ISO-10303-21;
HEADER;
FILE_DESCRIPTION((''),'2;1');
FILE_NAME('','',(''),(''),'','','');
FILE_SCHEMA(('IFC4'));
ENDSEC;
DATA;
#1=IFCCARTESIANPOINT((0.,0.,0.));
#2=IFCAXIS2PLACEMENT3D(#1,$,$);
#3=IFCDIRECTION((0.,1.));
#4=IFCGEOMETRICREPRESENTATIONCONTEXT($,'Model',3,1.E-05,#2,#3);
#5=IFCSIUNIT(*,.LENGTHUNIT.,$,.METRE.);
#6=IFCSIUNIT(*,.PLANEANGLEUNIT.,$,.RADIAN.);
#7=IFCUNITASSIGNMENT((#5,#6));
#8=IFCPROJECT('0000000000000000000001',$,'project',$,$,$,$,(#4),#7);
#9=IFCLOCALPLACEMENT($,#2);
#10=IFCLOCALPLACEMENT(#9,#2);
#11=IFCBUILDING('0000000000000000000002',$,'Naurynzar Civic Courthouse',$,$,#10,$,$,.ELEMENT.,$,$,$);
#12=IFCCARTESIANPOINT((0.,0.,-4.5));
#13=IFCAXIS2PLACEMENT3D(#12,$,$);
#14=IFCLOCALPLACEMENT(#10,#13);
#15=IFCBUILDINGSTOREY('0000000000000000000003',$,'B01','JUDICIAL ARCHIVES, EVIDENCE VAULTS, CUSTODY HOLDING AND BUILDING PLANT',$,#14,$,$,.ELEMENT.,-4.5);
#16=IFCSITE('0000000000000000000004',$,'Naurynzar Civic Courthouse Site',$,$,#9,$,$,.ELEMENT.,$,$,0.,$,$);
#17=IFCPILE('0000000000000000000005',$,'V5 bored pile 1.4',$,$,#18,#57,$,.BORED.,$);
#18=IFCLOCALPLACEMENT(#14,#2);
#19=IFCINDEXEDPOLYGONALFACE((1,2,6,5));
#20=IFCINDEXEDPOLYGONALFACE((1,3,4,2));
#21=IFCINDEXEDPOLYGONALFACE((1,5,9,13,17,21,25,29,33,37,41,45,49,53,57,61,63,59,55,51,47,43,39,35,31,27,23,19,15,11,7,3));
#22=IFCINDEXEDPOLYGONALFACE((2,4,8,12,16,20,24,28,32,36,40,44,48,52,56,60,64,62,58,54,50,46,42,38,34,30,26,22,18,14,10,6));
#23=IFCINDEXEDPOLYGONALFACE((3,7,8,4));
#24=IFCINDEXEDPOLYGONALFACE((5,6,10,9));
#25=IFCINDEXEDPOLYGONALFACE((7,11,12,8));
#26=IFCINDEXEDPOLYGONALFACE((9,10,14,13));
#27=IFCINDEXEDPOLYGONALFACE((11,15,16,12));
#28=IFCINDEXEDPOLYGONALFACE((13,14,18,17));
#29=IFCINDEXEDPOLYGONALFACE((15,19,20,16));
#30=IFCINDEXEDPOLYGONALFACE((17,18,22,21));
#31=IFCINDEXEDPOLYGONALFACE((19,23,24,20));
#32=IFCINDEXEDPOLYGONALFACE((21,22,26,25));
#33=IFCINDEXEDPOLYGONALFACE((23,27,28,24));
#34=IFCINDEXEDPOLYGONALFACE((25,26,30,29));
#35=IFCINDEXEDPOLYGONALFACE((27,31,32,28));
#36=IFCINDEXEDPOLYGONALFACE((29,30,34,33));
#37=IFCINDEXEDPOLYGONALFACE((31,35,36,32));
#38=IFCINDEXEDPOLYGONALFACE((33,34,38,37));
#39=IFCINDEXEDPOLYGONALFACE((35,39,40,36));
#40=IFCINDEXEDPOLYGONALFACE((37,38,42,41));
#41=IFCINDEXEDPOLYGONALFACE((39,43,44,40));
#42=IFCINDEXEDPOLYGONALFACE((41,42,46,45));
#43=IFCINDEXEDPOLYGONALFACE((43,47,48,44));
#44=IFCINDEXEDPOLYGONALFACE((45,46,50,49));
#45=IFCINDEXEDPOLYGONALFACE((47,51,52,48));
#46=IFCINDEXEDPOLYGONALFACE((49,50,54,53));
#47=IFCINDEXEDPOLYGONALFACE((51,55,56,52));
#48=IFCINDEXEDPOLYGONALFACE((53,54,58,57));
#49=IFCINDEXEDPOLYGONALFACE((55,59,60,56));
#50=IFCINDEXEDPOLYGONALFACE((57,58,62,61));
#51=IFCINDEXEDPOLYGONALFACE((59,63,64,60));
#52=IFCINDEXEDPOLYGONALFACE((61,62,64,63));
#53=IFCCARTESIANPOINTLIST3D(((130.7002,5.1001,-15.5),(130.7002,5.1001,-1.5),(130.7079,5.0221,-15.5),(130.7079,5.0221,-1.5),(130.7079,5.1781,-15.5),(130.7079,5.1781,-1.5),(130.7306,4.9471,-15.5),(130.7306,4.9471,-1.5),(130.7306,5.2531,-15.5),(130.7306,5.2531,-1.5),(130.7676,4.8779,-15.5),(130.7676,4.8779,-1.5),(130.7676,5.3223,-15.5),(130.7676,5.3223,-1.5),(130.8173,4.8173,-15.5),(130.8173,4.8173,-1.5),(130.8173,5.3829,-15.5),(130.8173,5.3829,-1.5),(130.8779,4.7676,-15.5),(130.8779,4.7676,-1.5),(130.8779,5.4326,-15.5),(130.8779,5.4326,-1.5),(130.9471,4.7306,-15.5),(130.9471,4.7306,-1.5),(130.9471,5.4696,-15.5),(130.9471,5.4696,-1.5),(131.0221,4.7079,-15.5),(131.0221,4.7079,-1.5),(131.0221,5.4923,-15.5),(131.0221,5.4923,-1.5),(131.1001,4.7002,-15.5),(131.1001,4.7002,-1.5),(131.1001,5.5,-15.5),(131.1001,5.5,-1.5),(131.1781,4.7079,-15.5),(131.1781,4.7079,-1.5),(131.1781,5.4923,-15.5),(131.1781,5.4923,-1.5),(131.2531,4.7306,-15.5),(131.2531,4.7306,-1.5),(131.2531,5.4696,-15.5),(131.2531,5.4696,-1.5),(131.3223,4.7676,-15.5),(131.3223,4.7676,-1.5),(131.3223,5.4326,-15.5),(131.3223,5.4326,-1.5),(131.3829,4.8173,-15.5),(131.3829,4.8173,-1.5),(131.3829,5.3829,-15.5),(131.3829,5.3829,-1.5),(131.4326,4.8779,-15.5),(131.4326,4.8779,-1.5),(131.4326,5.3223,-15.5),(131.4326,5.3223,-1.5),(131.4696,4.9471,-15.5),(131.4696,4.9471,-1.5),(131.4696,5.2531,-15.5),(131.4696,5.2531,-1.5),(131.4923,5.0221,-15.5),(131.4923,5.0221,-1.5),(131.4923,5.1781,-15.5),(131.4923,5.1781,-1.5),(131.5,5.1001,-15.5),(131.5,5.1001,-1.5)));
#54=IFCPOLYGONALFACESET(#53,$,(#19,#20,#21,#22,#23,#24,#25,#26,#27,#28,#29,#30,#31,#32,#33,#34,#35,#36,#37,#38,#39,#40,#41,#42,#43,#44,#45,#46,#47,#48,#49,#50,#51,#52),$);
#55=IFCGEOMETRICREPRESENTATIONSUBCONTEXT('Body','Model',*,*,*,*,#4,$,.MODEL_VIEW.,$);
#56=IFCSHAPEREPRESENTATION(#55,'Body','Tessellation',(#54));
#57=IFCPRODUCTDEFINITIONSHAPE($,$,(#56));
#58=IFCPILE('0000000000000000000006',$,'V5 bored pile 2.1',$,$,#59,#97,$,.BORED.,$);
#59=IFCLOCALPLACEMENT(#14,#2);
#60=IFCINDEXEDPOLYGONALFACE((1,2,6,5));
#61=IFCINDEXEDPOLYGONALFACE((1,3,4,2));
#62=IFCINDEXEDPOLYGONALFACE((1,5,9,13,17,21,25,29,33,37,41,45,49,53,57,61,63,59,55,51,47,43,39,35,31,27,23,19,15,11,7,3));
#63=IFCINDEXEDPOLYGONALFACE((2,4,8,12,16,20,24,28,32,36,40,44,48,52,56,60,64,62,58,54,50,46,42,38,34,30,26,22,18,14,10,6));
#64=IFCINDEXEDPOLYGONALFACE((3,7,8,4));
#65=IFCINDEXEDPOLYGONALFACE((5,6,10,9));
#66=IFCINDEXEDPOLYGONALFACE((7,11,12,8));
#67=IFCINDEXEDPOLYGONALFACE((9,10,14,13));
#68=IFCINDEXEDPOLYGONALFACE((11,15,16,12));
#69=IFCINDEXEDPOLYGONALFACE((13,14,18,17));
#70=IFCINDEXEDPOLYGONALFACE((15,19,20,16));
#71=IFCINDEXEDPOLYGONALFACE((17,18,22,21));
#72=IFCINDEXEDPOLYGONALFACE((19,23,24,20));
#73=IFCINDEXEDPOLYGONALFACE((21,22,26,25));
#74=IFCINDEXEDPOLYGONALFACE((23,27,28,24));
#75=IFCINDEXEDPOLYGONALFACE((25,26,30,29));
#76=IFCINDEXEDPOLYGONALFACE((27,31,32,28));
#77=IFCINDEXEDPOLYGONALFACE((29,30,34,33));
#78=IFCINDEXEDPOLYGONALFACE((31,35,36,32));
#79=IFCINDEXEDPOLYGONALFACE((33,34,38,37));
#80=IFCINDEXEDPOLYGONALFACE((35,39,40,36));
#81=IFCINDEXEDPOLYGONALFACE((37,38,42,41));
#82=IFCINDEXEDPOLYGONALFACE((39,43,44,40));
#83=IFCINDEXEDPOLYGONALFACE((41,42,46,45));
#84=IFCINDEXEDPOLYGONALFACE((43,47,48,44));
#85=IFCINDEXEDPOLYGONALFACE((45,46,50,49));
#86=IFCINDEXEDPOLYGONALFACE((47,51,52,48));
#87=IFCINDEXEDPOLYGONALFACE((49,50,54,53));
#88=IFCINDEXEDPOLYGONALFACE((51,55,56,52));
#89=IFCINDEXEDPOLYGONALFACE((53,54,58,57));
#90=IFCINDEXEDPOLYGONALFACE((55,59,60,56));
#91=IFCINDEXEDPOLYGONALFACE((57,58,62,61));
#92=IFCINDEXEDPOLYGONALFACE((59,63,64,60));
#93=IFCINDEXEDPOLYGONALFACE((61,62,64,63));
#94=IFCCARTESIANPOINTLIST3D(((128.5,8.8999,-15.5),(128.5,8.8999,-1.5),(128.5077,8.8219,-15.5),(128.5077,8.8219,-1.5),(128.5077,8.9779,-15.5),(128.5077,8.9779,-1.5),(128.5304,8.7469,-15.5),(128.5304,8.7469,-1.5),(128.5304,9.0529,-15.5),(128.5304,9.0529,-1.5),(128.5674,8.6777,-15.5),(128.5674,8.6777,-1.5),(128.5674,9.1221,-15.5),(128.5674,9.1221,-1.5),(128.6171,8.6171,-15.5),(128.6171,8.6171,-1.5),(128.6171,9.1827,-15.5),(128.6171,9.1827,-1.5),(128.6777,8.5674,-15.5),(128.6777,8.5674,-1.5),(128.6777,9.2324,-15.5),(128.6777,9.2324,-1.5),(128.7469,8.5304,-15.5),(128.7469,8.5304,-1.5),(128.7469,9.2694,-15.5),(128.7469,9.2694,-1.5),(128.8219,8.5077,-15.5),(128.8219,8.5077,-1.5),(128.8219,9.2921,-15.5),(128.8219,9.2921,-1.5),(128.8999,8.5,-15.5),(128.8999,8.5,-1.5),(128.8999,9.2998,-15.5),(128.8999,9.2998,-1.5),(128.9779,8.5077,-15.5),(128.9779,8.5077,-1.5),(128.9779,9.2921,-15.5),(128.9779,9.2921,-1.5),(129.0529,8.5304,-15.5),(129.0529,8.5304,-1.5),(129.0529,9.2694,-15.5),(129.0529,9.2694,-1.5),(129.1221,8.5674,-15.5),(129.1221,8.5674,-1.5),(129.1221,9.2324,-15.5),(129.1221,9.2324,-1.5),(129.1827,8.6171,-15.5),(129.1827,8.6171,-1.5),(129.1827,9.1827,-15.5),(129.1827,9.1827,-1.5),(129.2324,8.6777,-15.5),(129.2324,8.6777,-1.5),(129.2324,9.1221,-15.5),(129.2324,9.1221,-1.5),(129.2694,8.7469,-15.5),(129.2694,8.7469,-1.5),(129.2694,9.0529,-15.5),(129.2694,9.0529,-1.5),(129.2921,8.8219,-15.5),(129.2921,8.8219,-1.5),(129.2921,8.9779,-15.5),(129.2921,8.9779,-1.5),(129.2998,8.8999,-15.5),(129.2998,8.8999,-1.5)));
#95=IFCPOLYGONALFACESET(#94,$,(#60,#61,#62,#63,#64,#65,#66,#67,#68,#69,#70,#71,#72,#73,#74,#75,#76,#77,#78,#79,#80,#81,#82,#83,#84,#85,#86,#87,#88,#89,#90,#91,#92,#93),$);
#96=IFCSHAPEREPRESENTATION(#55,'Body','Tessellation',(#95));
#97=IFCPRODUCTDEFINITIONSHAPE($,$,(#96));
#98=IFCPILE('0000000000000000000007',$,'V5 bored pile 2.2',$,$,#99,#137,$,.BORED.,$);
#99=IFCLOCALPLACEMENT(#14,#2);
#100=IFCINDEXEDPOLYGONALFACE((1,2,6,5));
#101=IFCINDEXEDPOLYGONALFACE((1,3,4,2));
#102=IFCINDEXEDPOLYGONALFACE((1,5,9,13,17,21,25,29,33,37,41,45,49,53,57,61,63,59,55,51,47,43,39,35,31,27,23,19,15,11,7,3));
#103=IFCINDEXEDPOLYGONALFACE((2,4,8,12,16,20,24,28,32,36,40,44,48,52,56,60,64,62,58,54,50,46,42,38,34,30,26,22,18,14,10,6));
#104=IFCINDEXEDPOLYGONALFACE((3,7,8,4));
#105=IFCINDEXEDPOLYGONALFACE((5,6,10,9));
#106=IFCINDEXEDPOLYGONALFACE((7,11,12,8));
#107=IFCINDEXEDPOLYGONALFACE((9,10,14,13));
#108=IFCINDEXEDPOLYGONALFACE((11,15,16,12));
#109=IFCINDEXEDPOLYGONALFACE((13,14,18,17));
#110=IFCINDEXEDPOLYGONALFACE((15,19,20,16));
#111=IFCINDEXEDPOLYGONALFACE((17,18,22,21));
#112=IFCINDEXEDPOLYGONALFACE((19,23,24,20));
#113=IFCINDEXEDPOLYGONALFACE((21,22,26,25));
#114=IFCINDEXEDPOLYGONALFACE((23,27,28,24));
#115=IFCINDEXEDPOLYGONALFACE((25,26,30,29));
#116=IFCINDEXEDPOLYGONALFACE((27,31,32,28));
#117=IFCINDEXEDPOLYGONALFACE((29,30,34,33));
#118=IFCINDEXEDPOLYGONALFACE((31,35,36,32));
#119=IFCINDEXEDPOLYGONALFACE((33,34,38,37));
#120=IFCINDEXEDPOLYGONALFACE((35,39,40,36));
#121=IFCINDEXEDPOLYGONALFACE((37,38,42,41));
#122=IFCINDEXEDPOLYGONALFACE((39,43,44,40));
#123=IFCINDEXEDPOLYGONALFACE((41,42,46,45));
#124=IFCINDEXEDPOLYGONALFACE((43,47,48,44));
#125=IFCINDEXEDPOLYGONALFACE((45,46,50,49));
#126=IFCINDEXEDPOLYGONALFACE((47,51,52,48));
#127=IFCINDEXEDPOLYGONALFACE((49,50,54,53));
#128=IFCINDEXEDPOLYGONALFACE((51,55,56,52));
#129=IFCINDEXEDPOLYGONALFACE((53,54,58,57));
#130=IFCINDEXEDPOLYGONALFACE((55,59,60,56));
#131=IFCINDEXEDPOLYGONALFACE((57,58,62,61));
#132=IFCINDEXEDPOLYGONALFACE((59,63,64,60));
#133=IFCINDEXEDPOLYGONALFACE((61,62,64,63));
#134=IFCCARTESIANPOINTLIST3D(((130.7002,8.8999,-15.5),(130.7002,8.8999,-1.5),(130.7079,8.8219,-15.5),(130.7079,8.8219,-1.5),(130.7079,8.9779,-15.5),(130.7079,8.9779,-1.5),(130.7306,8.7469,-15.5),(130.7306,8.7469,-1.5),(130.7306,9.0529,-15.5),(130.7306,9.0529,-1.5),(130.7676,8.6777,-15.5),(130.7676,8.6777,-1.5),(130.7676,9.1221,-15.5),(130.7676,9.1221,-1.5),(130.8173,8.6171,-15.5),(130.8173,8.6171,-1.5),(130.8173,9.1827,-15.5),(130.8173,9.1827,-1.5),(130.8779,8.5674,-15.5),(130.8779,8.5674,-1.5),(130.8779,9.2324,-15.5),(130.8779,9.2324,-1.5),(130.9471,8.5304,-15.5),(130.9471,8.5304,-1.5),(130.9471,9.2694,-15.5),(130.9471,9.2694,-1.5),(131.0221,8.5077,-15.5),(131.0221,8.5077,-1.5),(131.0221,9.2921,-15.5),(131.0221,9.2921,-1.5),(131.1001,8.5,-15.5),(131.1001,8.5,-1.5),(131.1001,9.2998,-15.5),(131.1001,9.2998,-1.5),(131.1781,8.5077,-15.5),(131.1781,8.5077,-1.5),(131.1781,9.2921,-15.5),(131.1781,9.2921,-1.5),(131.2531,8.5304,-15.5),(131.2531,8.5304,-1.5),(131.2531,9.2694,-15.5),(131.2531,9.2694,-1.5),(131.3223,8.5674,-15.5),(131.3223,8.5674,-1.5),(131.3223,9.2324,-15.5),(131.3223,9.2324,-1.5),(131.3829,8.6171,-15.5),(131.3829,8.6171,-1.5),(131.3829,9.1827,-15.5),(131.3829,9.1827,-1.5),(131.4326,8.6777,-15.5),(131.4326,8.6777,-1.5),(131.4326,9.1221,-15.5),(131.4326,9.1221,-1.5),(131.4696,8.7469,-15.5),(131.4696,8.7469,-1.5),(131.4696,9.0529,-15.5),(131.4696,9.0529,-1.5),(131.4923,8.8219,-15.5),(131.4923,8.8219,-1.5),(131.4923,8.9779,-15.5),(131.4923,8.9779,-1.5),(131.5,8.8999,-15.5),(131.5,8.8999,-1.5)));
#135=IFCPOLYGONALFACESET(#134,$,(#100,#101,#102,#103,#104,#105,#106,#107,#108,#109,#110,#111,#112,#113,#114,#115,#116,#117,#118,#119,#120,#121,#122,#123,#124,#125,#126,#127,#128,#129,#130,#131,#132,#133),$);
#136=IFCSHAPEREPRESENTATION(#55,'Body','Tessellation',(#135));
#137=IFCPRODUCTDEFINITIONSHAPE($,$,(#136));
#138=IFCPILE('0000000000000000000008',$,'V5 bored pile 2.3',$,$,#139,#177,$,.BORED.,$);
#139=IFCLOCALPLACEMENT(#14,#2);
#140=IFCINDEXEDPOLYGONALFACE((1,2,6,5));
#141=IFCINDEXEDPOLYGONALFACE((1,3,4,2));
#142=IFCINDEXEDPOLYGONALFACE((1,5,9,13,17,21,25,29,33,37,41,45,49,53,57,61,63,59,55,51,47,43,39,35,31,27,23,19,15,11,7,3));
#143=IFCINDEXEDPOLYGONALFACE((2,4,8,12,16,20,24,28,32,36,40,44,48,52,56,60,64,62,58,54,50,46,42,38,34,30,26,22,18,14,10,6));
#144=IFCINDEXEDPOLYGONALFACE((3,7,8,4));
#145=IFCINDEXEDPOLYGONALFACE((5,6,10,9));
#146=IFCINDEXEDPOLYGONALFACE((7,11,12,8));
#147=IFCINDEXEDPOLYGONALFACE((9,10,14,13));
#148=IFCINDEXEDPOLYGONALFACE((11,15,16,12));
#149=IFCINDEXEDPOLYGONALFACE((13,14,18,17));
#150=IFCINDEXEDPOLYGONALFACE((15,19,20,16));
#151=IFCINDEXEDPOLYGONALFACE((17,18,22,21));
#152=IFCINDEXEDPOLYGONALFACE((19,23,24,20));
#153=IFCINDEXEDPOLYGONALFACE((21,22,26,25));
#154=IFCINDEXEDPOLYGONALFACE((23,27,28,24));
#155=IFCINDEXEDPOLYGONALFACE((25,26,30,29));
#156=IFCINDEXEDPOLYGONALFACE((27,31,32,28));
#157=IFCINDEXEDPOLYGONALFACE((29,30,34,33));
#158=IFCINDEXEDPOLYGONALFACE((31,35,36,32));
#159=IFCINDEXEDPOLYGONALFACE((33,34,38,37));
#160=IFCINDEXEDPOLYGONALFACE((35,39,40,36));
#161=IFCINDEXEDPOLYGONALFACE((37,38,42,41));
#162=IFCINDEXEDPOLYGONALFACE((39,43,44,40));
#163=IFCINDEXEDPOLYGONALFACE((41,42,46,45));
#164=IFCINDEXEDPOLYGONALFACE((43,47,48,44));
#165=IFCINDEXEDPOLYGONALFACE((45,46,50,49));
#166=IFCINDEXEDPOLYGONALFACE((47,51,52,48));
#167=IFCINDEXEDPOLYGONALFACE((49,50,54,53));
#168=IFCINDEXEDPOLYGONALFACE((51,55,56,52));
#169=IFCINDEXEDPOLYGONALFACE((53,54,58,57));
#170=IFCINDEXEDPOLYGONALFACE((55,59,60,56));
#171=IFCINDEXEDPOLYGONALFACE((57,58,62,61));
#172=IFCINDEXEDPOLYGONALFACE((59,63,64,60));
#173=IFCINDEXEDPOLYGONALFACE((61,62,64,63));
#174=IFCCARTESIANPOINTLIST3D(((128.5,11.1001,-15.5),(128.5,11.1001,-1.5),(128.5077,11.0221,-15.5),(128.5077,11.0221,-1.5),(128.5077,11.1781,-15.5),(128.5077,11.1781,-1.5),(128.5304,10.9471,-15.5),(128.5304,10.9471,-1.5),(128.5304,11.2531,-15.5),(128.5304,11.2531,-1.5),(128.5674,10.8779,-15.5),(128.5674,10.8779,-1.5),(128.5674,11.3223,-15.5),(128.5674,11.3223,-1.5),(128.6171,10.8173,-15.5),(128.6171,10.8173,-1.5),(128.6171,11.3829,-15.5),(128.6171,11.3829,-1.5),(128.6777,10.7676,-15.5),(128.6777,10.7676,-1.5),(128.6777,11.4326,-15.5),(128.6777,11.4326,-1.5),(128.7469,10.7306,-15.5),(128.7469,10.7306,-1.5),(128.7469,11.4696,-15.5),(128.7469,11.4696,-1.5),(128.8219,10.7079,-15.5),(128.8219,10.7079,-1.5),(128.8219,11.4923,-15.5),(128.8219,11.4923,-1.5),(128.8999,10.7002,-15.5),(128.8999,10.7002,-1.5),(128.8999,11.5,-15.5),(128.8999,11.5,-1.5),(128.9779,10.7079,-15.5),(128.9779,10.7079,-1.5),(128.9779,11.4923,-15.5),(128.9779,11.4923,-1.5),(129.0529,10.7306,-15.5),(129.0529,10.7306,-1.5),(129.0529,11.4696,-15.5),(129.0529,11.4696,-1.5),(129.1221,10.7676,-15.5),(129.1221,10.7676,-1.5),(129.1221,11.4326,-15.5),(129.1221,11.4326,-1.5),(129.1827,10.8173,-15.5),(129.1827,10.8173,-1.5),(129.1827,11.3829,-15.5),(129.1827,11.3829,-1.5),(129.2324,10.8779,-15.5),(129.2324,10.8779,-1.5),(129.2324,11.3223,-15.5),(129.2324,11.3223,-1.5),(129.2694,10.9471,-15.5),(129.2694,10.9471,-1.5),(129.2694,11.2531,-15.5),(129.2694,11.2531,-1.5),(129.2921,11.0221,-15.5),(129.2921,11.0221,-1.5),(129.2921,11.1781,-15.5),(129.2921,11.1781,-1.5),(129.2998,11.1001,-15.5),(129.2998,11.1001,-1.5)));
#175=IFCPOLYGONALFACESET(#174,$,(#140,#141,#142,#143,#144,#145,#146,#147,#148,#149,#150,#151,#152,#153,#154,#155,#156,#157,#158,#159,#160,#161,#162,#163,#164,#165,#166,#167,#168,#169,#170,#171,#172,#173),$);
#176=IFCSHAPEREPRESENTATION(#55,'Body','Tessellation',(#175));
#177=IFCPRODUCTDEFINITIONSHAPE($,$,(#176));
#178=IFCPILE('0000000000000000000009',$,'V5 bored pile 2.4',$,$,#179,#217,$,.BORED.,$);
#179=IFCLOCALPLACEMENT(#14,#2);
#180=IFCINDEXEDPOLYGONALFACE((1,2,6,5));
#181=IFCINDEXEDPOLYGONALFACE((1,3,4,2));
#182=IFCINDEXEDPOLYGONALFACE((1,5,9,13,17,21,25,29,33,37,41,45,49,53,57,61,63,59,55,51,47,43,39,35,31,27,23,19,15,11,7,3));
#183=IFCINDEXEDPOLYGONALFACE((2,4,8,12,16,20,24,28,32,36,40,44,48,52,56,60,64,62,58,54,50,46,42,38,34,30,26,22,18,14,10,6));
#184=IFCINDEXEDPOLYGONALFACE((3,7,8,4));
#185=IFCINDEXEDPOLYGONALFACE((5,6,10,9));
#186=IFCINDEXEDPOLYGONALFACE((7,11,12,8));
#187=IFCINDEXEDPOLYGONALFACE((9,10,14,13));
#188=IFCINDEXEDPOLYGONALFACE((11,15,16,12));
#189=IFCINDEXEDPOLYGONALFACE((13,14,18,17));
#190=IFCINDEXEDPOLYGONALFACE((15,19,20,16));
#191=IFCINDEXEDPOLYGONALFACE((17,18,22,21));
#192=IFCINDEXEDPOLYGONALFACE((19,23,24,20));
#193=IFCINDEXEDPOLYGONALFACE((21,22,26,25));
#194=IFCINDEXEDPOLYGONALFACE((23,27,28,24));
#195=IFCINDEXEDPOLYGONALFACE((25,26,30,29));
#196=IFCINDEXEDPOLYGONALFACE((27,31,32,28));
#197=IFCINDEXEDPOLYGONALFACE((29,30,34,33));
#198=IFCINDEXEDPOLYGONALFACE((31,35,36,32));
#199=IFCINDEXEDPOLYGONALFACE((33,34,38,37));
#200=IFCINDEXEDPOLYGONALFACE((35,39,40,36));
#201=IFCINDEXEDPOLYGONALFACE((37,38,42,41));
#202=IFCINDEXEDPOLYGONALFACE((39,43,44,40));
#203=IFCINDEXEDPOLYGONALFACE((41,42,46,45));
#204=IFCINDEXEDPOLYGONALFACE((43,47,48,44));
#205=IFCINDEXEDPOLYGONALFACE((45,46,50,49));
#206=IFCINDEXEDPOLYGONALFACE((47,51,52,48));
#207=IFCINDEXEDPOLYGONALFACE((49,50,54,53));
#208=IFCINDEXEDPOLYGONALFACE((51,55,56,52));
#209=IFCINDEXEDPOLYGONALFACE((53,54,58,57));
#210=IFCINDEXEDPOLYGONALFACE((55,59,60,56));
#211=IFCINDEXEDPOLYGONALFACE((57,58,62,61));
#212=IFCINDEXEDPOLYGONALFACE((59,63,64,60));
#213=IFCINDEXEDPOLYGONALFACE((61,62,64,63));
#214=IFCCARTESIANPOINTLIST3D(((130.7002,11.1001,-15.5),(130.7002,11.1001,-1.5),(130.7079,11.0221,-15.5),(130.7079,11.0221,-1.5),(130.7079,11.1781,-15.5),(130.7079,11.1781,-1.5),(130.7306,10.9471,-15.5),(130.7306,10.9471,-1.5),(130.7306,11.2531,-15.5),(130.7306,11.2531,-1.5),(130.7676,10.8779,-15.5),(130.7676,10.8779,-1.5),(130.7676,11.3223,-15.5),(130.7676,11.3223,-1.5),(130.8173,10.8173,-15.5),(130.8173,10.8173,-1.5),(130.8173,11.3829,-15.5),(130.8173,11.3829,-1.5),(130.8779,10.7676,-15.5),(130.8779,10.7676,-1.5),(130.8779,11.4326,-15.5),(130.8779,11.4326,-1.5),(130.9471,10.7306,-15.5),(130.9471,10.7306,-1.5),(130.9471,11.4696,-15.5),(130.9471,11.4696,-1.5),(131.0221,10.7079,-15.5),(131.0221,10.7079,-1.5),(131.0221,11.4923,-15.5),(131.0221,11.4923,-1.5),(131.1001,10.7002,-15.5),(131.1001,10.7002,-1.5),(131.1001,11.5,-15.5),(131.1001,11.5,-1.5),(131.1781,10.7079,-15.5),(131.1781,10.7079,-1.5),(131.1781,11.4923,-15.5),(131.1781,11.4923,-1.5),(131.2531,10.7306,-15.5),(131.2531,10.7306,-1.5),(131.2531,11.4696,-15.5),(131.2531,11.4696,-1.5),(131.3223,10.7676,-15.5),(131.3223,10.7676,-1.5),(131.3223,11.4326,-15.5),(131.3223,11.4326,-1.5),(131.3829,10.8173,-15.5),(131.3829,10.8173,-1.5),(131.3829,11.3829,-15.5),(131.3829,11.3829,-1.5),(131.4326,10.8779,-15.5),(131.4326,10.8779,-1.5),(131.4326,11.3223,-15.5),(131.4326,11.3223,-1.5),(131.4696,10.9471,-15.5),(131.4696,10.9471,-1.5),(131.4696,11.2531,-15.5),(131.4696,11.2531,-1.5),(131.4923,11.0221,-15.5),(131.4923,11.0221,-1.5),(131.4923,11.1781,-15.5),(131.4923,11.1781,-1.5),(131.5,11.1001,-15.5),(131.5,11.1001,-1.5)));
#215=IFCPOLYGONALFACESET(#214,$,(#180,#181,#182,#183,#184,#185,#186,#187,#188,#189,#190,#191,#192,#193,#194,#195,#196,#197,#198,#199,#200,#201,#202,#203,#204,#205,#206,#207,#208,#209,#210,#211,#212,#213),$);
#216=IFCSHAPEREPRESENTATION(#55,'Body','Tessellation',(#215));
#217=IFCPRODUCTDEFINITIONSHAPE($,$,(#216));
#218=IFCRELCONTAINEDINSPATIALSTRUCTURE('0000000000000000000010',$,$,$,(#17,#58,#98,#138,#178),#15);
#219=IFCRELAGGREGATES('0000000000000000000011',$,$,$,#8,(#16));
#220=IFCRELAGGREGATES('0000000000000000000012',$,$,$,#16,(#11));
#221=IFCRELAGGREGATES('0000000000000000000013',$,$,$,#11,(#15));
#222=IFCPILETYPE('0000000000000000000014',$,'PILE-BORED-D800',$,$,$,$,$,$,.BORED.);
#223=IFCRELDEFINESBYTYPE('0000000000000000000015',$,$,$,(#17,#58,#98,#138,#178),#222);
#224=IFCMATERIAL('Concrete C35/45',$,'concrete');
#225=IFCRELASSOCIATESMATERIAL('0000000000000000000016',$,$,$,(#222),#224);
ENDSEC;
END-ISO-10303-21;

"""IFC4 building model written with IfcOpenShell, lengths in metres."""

from ifc_helpers import new_model, si_unit, direction, frame, origin, origin_2d, place, context, subcontext, project, spatial, circle, extrude, material, material_profile, profile_set, type_object, element, save


model = new_model("IFC4")

# Units and contexts
model_context = context("Model", 3, precision=1e-05, world=origin(), true_north=direction((0.0, 1.0)))
body_context = subcontext(model_context, "Body", "Model", "MODEL_VIEW")
ifc_project = project(units=[si_unit("LENGTHUNIT", "METRE"), si_unit("PLANEANGLEUNIT", "RADIAN")], contexts=[model_context])

# Site, building, storey
site_placement = place(None, origin())
site = spatial("IfcSite", under=ifc_project, at=site_placement, Name="Naurynzar Civic Courthouse Site", CompositionType="ELEMENT", RefElevation=0.0)
building_placement = place(site_placement, origin())
building = spatial("IfcBuilding", under=site, at=building_placement, Name="Naurynzar Civic Courthouse", CompositionType="ELEMENT")
storey_placement = place(building_placement, frame((0.0, 0.0, -4.5)))
storey = spatial("IfcBuildingStorey", under=building, at=storey_placement, Name="B01", Description="JUDICIAL ARCHIVES, EVIDENCE VAULTS, CUSTODY HOLDING AND BUILDING PLANT", CompositionType="ELEMENT", Elevation=-4.5)

# Piles
ifc_material_1 = material(Name="Concrete C35/45", Category="concrete")
ifc_material_profile_1 = material_profile(ifc_material_1, circle(Radius=0.3999, at=origin_2d()), Name="PILE D800")
ifc_profile_set_1 = profile_set([ifc_material_profile_1], Name="Concrete C35/45")
pile_type = type_object("IfcPileType", Name="PILE-BORED-D800", PredefinedType="BORED", material=ifc_profile_set_1)
for number, where, z_axis, x_axis, name in (
    (1, (131.1001, 5.1001, -1.5), (0.0, 0.0, -1.0), (1.0, 0.0, 0.0), "V5 bored pile 1.4"),
    (2, (128.8999, 8.8999, -1.5), (0.0, 0.0, -1.0), (1.0, 0.0, 0.0), "V5 bored pile 2.1"),
    (3, (131.1001, 8.8999, -1.5), (0.0, 0.0, -1.0), (1.0, 0.0, 0.0), "V5 bored pile 2.2"),
    (4, (128.8999, 11.1001, -1.5), (0.0, 0.0, -1.0), (1.0, 0.0, 0.0), "V5 bored pile 2.3"),
    (5, (131.1001, 11.1001, -1.5), (0.0, 0.0, -1.0), (1.0, 0.0, 0.0), "V5 bored pile 2.4"),
):
    element("IfcPile", number, at=place(storey_placement, frame(where, z_axis=z_axis, x_axis=x_axis)), inside=storey, type_object=pile_type, Name=name, PredefinedType="BORED", context=body_context, shape_type="SweptSolid", body=[
        extrude(circle(Radius=0.3999, at=origin_2d()), origin(), (0.0, 0.0, 1.0), 14.0),
    ])

save(model, "model.ifc")
